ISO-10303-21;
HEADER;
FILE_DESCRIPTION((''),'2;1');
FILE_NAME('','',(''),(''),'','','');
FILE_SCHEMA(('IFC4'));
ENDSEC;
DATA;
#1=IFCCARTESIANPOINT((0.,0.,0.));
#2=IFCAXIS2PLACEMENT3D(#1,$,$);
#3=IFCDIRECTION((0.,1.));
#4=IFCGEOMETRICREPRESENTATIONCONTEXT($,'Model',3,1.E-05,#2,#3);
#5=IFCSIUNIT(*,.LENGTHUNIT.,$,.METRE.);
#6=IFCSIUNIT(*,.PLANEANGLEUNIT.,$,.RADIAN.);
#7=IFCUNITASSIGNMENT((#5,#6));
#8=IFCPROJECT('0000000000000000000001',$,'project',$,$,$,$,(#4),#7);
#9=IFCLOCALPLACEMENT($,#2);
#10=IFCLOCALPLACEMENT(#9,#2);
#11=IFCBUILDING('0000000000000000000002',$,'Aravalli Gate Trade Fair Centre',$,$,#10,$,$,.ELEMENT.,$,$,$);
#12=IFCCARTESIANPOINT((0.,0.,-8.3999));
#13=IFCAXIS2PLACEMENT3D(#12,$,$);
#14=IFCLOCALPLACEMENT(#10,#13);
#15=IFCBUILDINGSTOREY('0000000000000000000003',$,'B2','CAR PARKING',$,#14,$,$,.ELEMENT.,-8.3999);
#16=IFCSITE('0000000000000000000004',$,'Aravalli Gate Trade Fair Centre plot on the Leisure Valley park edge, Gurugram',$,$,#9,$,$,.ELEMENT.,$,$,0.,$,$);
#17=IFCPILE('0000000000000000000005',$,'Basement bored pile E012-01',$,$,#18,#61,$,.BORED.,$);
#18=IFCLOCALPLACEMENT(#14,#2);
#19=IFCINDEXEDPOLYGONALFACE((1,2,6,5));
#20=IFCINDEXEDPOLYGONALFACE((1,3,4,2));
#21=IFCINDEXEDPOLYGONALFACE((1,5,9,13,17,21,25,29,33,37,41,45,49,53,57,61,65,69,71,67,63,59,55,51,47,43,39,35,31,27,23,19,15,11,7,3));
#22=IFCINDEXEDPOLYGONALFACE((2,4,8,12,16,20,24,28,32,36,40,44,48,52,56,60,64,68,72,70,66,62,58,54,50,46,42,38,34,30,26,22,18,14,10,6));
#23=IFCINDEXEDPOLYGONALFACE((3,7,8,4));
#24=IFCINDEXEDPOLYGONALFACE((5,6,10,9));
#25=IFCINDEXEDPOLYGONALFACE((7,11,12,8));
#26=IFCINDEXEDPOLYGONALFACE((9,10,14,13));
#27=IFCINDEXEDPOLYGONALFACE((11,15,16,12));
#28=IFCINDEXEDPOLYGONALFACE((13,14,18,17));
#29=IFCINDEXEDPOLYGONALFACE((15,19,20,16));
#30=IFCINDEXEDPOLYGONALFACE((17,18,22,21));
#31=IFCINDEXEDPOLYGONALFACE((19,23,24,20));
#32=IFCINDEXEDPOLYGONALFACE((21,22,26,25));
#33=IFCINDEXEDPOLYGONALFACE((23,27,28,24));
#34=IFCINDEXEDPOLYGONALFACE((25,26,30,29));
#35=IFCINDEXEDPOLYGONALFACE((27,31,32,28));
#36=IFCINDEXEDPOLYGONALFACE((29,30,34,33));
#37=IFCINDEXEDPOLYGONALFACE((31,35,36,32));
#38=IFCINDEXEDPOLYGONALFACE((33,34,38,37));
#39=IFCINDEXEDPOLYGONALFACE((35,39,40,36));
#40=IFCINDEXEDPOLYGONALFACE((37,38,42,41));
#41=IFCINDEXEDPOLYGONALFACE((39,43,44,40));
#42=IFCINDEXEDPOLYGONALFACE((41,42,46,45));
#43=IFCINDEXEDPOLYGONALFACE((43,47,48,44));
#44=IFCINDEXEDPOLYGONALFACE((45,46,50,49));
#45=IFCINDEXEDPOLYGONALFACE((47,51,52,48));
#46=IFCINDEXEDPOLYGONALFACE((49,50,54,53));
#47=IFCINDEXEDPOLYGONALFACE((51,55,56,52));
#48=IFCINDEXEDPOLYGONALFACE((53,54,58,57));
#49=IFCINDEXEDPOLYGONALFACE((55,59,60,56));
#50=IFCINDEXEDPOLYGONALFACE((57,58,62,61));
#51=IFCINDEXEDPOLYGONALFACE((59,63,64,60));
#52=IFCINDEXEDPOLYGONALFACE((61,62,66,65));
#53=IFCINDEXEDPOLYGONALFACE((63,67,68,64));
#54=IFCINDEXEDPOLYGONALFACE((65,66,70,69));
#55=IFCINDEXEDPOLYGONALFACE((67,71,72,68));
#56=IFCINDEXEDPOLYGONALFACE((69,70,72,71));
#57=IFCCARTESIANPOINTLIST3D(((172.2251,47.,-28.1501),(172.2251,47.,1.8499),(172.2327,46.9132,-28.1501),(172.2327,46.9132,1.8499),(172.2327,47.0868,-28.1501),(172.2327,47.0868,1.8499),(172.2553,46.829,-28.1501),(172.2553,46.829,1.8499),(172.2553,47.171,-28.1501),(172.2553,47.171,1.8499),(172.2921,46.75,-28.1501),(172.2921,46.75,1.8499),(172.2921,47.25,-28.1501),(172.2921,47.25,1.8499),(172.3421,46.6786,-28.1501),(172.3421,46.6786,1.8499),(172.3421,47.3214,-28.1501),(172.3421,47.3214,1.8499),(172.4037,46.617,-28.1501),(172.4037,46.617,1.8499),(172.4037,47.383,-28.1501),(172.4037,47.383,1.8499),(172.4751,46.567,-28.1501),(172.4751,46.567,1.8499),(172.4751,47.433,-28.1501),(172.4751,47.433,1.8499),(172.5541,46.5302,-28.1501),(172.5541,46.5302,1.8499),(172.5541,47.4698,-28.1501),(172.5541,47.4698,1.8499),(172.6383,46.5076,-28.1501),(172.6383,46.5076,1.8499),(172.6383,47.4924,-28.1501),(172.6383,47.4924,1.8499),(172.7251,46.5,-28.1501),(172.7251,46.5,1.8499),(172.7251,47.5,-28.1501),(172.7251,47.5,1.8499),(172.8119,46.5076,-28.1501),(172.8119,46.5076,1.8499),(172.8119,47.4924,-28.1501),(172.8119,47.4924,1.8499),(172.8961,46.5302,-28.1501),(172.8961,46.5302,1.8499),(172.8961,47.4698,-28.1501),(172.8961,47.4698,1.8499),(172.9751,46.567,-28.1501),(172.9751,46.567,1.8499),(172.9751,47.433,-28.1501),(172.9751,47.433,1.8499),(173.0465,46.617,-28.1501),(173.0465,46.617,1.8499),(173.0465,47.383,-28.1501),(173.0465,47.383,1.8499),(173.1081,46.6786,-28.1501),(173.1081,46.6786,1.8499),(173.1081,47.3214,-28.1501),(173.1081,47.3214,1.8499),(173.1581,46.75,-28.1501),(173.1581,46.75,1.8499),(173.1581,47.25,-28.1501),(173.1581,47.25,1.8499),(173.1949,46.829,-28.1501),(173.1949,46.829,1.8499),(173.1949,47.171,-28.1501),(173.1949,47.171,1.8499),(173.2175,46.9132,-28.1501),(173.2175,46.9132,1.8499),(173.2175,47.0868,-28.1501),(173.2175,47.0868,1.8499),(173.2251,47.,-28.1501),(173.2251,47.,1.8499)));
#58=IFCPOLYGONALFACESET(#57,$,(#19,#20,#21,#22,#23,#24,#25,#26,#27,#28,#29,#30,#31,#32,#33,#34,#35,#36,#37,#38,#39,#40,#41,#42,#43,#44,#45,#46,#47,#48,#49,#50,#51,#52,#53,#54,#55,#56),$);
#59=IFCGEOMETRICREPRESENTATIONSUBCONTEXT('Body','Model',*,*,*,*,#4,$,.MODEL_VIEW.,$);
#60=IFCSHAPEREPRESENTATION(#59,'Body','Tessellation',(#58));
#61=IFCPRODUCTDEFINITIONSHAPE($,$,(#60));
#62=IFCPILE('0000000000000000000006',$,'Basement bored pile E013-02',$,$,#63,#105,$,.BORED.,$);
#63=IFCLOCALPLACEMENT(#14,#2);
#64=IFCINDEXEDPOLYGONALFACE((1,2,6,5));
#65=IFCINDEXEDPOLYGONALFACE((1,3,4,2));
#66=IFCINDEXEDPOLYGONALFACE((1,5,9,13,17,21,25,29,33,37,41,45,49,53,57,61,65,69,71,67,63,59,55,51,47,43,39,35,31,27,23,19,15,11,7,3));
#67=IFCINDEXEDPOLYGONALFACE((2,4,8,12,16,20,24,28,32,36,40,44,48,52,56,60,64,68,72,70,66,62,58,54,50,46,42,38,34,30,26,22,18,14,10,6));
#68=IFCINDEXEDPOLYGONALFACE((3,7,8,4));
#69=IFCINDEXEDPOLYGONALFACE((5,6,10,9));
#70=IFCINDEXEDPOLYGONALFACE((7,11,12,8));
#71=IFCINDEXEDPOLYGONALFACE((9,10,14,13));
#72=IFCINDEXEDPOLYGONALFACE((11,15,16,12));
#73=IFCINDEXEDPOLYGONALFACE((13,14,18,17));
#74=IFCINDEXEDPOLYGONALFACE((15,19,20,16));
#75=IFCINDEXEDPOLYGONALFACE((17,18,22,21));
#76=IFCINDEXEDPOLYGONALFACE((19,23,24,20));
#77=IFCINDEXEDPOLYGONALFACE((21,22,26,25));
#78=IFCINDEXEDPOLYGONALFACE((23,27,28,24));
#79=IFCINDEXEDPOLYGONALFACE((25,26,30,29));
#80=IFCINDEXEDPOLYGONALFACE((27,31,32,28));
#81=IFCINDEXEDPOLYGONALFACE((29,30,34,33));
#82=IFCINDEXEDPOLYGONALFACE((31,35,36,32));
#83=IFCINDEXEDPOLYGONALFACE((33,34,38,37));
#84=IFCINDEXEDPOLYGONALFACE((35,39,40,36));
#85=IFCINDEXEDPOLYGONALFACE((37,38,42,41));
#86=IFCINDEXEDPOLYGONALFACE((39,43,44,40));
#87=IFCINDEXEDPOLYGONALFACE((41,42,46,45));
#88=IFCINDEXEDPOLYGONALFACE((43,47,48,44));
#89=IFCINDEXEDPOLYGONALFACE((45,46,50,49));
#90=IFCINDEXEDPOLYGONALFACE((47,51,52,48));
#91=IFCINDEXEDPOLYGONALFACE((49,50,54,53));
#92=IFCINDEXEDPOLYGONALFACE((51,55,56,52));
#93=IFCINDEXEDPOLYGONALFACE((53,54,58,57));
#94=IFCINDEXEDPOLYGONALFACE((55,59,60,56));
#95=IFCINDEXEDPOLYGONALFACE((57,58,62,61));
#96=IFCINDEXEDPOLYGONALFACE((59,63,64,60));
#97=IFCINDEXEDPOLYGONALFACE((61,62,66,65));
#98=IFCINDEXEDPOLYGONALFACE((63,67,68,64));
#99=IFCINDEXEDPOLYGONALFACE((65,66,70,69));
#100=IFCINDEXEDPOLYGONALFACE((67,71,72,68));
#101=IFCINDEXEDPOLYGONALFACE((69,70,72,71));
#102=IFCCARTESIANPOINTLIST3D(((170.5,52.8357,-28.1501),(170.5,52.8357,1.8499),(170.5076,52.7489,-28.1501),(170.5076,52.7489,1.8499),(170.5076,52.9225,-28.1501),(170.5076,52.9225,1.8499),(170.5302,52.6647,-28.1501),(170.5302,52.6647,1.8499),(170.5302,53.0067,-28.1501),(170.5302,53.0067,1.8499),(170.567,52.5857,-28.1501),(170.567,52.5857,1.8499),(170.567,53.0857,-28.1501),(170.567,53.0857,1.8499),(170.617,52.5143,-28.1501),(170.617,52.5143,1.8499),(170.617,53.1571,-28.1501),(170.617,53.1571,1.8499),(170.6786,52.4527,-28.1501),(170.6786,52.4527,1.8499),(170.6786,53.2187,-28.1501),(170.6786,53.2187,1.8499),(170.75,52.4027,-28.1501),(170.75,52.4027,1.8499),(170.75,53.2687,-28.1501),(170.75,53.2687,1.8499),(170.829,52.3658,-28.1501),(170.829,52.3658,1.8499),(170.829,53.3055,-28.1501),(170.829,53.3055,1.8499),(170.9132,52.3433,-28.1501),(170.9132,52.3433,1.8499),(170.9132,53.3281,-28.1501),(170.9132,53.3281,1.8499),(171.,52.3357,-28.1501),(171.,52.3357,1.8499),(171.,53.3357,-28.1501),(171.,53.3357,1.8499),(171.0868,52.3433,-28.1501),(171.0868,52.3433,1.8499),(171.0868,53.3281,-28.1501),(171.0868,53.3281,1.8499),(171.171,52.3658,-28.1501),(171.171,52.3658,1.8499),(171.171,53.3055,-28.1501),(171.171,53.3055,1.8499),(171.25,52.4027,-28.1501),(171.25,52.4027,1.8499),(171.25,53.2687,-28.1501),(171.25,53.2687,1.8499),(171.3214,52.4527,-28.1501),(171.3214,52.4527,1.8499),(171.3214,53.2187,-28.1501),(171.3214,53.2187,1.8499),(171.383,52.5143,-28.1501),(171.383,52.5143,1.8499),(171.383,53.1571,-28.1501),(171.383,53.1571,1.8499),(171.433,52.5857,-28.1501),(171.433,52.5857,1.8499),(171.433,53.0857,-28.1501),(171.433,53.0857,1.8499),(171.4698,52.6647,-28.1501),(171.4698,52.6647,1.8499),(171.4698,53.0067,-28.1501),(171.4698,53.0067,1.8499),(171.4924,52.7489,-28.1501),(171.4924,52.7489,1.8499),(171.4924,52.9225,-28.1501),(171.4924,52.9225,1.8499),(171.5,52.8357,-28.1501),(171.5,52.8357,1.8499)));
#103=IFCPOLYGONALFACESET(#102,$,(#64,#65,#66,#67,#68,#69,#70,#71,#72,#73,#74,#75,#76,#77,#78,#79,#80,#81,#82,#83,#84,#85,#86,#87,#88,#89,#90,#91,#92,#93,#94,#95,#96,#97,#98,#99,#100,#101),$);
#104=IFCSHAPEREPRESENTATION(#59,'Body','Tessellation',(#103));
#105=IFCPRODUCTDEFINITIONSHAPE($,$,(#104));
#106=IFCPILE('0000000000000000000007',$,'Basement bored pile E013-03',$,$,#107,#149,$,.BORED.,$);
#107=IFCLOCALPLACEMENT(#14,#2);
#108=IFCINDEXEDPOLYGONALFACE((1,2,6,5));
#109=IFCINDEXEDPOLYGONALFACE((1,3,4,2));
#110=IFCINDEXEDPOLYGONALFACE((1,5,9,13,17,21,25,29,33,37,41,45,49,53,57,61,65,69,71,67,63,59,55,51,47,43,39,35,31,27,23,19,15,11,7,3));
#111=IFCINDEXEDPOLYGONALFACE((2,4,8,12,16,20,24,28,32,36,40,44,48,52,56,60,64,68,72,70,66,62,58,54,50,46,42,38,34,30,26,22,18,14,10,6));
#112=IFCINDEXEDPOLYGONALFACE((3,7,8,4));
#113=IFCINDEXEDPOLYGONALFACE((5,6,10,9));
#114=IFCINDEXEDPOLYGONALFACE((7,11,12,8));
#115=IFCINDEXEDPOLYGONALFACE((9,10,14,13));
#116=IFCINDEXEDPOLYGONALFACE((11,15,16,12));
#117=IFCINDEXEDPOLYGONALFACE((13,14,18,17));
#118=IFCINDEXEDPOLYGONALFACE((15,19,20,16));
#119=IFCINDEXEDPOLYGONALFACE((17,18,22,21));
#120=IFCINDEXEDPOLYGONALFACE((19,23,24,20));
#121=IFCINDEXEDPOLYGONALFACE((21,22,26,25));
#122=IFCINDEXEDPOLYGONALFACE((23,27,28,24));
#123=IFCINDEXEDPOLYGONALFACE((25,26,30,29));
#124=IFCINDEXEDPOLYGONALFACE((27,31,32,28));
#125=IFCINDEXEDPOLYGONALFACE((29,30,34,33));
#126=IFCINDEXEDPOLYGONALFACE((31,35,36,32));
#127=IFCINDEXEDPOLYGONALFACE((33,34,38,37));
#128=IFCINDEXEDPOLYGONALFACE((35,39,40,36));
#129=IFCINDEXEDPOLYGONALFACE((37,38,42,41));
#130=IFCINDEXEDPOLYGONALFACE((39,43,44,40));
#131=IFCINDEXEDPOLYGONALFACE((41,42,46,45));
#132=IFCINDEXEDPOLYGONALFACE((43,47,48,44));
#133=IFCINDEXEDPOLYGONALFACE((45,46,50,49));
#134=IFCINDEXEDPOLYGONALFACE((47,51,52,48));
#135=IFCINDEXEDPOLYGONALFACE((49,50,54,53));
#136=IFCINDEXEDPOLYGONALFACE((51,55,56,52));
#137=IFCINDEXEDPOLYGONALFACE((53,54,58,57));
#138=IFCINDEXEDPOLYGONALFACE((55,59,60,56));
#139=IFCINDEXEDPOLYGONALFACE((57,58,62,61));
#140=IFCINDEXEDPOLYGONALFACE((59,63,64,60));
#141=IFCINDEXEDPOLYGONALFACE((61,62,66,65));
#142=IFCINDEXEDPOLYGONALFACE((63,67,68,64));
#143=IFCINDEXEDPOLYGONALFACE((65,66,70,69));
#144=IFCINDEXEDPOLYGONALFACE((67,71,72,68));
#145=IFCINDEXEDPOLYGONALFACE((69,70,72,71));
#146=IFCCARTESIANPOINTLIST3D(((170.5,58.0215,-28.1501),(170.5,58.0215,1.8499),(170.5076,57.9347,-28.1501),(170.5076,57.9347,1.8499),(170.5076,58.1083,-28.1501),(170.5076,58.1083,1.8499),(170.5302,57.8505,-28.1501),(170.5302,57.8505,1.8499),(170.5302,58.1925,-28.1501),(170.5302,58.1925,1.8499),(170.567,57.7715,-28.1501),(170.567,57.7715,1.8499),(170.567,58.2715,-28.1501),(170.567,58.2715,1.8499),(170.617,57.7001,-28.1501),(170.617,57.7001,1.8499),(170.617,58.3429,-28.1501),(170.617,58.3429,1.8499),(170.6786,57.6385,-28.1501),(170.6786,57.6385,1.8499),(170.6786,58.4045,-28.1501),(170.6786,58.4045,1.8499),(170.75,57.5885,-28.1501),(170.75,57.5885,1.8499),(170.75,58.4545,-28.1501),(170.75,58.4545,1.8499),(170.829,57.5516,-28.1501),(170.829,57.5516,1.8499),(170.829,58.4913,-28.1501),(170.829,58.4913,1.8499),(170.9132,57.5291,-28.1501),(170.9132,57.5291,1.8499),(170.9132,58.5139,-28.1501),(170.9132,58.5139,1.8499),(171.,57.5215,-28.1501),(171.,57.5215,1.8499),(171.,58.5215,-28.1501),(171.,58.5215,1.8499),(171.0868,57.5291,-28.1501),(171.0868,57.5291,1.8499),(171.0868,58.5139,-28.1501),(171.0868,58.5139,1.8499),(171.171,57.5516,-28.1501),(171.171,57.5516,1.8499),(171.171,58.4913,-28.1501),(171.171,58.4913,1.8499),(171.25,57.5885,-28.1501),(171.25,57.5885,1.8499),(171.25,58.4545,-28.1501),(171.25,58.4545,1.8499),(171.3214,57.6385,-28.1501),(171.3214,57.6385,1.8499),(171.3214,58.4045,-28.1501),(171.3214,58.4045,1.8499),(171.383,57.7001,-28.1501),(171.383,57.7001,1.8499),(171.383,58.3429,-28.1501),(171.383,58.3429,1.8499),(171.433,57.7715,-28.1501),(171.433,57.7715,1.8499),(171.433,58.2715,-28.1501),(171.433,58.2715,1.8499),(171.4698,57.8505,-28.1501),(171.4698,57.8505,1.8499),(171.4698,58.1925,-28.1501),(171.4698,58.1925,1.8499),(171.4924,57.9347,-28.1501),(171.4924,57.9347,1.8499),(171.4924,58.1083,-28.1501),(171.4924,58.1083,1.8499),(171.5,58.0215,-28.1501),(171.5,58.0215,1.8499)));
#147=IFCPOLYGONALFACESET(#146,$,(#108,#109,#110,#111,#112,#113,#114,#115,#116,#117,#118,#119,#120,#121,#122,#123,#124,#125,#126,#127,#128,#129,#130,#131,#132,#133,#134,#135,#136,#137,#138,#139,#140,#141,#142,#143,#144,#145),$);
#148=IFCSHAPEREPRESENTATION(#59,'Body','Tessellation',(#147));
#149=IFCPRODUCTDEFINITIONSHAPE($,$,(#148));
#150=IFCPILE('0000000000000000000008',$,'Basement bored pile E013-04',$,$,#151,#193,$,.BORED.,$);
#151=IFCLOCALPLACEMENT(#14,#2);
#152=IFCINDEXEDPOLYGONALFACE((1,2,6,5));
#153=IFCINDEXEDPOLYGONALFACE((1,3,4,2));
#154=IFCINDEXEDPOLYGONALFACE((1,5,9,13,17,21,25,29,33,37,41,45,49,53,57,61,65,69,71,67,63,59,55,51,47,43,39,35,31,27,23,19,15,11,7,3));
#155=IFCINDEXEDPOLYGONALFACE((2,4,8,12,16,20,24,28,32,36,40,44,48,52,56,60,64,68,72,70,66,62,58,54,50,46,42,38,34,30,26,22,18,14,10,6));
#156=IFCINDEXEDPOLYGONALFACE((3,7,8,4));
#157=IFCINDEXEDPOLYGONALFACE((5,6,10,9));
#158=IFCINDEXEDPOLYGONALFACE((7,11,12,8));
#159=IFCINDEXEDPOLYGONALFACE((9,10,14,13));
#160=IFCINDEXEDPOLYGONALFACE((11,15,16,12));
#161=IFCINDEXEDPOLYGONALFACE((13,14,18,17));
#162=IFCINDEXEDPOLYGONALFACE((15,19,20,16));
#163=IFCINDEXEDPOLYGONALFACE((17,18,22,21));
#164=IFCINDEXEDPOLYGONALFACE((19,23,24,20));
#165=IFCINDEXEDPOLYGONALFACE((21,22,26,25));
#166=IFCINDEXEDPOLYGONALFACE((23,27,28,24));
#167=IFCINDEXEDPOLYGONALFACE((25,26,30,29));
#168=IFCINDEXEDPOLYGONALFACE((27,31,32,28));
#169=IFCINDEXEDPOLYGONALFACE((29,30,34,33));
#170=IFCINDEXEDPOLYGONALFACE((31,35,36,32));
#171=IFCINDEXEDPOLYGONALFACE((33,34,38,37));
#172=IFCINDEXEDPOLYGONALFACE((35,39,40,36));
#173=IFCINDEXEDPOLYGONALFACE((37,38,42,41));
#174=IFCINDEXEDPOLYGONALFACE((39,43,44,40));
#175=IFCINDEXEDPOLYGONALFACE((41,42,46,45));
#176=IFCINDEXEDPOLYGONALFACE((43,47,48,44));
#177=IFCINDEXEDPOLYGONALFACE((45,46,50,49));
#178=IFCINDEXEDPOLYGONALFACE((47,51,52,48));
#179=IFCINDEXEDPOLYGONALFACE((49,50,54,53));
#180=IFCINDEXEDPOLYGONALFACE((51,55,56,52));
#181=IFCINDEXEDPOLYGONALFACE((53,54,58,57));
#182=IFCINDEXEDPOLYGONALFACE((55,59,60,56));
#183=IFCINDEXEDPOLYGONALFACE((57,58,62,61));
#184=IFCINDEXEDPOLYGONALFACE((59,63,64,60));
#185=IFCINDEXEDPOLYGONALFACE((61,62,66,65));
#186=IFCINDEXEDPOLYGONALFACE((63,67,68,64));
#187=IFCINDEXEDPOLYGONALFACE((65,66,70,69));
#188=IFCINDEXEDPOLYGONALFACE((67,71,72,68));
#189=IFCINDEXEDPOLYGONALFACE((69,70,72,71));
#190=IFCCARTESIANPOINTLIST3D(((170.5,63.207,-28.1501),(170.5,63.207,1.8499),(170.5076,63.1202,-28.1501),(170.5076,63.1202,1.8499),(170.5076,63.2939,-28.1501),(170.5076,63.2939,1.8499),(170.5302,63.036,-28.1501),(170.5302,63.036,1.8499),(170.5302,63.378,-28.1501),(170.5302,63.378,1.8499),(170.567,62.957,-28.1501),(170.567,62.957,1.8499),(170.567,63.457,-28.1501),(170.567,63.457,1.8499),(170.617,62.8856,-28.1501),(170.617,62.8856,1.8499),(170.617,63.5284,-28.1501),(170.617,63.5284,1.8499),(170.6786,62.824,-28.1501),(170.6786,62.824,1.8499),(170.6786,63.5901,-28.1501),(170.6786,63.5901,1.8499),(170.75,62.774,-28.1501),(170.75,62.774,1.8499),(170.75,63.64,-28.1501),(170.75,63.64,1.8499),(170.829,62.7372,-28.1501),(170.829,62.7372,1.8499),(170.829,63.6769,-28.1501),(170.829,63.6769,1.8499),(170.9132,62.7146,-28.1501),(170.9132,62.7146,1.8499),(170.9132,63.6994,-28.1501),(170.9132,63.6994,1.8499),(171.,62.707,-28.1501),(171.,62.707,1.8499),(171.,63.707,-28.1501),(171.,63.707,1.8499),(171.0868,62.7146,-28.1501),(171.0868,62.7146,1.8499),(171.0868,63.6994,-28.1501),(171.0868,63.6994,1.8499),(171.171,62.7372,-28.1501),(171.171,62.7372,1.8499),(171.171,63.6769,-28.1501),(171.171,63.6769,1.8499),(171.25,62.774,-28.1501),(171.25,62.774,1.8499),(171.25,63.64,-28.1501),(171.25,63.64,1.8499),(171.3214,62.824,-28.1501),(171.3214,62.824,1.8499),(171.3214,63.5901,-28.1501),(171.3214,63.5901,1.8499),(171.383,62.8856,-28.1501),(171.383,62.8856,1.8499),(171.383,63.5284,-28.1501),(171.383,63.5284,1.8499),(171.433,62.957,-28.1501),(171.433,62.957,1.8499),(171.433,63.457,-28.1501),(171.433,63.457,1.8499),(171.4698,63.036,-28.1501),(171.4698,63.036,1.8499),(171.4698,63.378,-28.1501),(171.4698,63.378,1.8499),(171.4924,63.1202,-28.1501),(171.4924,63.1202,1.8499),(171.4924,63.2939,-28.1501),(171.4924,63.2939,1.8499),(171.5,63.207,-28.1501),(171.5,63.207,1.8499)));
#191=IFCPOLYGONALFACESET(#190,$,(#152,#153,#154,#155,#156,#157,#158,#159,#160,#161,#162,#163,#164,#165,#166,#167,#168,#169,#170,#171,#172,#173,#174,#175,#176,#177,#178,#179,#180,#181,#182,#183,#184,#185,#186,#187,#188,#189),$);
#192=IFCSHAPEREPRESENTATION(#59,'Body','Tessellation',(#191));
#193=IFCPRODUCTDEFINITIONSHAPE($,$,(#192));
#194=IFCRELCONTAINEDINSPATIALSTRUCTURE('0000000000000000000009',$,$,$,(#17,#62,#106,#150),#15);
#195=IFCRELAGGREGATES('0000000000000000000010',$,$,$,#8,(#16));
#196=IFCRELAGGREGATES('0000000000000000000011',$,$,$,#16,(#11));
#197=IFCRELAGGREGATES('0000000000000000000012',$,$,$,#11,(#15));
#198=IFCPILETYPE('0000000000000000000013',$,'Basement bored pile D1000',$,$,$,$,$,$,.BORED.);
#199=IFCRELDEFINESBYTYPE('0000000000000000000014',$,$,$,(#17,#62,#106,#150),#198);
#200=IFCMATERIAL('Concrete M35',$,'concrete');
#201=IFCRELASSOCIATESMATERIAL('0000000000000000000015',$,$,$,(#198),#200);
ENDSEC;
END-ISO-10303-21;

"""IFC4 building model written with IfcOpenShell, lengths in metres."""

from ifc_helpers import new_model, si_unit, direction, frame, origin, origin_2d, place, context, subcontext, project, spatial, circle, extrude, material, material_profile, profile_set, type_object, element, save


model = new_model("IFC4")

# Units and contexts
model_context = context("Model", 3, precision=1e-05, world=origin(), true_north=direction((0.0, 1.0)))
body_context = subcontext(model_context, "Body", "Model", "MODEL_VIEW")
ifc_project = project(units=[si_unit("LENGTHUNIT", "METRE"), si_unit("PLANEANGLEUNIT", "RADIAN")], contexts=[model_context])

# Site, building, storey
site_placement = place(None, origin())
site = spatial("IfcSite", under=ifc_project, at=site_placement, Name="Aravalli Gate Trade Fair Centre plot on the Leisure Valley park edge, Gurugram", CompositionType="ELEMENT", RefElevation=0.0)
building_placement = place(site_placement, origin())
building = spatial("IfcBuilding", under=site, at=building_placement, Name="Aravalli Gate Trade Fair Centre", CompositionType="ELEMENT")
storey_placement = place(building_placement, frame((0.0, 0.0, -8.3999)))
storey = spatial("IfcBuildingStorey", under=building, at=storey_placement, Name="B2", Description="CAR PARKING", CompositionType="ELEMENT", Elevation=-8.3999)

# Piles
ifc_material = material(Name="Concrete M35", Category="concrete")
ifc_material_profile = material_profile(ifc_material, circle(Radius=0.5, at=origin_2d()), Name="D1000")
ifc_profile_set = profile_set([ifc_material_profile], Name="Concrete M35")
pile_type = type_object("IfcPileType", Name="Basement bored pile D1000", PredefinedType="BORED", material=ifc_profile_set)
for number, where, z_axis, x_axis, name in (
    (1, (172.7251, 47.0, 1.8499), (0.0, 0.0, -1.0), (1.0, 0.0, 0.0), "Basement bored pile E012-01"),
    (2, (171.0, 52.8357, 1.8499), (0.0, 0.0, -1.0), (1.0, 0.0, 0.0), "Basement bored pile E013-02"),
    (3, (171.0, 58.0215, 1.8499), (0.0, 0.0, -1.0), (1.0, 0.0, 0.0), "Basement bored pile E013-03"),
    (4, (171.0, 63.207, 1.8499), (0.0, 0.0, -1.0), (1.0, 0.0, 0.0), "Basement bored pile E013-04"),
):
    element("IfcPile", number, at=place(storey_placement, frame(where, z_axis=z_axis, x_axis=x_axis)), inside=storey, type_object=pile_type, Name=name, PredefinedType="BORED", context=body_context, shape_type="SweptSolid", body=[
        extrude(circle(Radius=0.5, at=origin_2d()), origin(), (0.0, 0.0, 1.0), 30.0),
    ])

save(model, "model.ifc")
